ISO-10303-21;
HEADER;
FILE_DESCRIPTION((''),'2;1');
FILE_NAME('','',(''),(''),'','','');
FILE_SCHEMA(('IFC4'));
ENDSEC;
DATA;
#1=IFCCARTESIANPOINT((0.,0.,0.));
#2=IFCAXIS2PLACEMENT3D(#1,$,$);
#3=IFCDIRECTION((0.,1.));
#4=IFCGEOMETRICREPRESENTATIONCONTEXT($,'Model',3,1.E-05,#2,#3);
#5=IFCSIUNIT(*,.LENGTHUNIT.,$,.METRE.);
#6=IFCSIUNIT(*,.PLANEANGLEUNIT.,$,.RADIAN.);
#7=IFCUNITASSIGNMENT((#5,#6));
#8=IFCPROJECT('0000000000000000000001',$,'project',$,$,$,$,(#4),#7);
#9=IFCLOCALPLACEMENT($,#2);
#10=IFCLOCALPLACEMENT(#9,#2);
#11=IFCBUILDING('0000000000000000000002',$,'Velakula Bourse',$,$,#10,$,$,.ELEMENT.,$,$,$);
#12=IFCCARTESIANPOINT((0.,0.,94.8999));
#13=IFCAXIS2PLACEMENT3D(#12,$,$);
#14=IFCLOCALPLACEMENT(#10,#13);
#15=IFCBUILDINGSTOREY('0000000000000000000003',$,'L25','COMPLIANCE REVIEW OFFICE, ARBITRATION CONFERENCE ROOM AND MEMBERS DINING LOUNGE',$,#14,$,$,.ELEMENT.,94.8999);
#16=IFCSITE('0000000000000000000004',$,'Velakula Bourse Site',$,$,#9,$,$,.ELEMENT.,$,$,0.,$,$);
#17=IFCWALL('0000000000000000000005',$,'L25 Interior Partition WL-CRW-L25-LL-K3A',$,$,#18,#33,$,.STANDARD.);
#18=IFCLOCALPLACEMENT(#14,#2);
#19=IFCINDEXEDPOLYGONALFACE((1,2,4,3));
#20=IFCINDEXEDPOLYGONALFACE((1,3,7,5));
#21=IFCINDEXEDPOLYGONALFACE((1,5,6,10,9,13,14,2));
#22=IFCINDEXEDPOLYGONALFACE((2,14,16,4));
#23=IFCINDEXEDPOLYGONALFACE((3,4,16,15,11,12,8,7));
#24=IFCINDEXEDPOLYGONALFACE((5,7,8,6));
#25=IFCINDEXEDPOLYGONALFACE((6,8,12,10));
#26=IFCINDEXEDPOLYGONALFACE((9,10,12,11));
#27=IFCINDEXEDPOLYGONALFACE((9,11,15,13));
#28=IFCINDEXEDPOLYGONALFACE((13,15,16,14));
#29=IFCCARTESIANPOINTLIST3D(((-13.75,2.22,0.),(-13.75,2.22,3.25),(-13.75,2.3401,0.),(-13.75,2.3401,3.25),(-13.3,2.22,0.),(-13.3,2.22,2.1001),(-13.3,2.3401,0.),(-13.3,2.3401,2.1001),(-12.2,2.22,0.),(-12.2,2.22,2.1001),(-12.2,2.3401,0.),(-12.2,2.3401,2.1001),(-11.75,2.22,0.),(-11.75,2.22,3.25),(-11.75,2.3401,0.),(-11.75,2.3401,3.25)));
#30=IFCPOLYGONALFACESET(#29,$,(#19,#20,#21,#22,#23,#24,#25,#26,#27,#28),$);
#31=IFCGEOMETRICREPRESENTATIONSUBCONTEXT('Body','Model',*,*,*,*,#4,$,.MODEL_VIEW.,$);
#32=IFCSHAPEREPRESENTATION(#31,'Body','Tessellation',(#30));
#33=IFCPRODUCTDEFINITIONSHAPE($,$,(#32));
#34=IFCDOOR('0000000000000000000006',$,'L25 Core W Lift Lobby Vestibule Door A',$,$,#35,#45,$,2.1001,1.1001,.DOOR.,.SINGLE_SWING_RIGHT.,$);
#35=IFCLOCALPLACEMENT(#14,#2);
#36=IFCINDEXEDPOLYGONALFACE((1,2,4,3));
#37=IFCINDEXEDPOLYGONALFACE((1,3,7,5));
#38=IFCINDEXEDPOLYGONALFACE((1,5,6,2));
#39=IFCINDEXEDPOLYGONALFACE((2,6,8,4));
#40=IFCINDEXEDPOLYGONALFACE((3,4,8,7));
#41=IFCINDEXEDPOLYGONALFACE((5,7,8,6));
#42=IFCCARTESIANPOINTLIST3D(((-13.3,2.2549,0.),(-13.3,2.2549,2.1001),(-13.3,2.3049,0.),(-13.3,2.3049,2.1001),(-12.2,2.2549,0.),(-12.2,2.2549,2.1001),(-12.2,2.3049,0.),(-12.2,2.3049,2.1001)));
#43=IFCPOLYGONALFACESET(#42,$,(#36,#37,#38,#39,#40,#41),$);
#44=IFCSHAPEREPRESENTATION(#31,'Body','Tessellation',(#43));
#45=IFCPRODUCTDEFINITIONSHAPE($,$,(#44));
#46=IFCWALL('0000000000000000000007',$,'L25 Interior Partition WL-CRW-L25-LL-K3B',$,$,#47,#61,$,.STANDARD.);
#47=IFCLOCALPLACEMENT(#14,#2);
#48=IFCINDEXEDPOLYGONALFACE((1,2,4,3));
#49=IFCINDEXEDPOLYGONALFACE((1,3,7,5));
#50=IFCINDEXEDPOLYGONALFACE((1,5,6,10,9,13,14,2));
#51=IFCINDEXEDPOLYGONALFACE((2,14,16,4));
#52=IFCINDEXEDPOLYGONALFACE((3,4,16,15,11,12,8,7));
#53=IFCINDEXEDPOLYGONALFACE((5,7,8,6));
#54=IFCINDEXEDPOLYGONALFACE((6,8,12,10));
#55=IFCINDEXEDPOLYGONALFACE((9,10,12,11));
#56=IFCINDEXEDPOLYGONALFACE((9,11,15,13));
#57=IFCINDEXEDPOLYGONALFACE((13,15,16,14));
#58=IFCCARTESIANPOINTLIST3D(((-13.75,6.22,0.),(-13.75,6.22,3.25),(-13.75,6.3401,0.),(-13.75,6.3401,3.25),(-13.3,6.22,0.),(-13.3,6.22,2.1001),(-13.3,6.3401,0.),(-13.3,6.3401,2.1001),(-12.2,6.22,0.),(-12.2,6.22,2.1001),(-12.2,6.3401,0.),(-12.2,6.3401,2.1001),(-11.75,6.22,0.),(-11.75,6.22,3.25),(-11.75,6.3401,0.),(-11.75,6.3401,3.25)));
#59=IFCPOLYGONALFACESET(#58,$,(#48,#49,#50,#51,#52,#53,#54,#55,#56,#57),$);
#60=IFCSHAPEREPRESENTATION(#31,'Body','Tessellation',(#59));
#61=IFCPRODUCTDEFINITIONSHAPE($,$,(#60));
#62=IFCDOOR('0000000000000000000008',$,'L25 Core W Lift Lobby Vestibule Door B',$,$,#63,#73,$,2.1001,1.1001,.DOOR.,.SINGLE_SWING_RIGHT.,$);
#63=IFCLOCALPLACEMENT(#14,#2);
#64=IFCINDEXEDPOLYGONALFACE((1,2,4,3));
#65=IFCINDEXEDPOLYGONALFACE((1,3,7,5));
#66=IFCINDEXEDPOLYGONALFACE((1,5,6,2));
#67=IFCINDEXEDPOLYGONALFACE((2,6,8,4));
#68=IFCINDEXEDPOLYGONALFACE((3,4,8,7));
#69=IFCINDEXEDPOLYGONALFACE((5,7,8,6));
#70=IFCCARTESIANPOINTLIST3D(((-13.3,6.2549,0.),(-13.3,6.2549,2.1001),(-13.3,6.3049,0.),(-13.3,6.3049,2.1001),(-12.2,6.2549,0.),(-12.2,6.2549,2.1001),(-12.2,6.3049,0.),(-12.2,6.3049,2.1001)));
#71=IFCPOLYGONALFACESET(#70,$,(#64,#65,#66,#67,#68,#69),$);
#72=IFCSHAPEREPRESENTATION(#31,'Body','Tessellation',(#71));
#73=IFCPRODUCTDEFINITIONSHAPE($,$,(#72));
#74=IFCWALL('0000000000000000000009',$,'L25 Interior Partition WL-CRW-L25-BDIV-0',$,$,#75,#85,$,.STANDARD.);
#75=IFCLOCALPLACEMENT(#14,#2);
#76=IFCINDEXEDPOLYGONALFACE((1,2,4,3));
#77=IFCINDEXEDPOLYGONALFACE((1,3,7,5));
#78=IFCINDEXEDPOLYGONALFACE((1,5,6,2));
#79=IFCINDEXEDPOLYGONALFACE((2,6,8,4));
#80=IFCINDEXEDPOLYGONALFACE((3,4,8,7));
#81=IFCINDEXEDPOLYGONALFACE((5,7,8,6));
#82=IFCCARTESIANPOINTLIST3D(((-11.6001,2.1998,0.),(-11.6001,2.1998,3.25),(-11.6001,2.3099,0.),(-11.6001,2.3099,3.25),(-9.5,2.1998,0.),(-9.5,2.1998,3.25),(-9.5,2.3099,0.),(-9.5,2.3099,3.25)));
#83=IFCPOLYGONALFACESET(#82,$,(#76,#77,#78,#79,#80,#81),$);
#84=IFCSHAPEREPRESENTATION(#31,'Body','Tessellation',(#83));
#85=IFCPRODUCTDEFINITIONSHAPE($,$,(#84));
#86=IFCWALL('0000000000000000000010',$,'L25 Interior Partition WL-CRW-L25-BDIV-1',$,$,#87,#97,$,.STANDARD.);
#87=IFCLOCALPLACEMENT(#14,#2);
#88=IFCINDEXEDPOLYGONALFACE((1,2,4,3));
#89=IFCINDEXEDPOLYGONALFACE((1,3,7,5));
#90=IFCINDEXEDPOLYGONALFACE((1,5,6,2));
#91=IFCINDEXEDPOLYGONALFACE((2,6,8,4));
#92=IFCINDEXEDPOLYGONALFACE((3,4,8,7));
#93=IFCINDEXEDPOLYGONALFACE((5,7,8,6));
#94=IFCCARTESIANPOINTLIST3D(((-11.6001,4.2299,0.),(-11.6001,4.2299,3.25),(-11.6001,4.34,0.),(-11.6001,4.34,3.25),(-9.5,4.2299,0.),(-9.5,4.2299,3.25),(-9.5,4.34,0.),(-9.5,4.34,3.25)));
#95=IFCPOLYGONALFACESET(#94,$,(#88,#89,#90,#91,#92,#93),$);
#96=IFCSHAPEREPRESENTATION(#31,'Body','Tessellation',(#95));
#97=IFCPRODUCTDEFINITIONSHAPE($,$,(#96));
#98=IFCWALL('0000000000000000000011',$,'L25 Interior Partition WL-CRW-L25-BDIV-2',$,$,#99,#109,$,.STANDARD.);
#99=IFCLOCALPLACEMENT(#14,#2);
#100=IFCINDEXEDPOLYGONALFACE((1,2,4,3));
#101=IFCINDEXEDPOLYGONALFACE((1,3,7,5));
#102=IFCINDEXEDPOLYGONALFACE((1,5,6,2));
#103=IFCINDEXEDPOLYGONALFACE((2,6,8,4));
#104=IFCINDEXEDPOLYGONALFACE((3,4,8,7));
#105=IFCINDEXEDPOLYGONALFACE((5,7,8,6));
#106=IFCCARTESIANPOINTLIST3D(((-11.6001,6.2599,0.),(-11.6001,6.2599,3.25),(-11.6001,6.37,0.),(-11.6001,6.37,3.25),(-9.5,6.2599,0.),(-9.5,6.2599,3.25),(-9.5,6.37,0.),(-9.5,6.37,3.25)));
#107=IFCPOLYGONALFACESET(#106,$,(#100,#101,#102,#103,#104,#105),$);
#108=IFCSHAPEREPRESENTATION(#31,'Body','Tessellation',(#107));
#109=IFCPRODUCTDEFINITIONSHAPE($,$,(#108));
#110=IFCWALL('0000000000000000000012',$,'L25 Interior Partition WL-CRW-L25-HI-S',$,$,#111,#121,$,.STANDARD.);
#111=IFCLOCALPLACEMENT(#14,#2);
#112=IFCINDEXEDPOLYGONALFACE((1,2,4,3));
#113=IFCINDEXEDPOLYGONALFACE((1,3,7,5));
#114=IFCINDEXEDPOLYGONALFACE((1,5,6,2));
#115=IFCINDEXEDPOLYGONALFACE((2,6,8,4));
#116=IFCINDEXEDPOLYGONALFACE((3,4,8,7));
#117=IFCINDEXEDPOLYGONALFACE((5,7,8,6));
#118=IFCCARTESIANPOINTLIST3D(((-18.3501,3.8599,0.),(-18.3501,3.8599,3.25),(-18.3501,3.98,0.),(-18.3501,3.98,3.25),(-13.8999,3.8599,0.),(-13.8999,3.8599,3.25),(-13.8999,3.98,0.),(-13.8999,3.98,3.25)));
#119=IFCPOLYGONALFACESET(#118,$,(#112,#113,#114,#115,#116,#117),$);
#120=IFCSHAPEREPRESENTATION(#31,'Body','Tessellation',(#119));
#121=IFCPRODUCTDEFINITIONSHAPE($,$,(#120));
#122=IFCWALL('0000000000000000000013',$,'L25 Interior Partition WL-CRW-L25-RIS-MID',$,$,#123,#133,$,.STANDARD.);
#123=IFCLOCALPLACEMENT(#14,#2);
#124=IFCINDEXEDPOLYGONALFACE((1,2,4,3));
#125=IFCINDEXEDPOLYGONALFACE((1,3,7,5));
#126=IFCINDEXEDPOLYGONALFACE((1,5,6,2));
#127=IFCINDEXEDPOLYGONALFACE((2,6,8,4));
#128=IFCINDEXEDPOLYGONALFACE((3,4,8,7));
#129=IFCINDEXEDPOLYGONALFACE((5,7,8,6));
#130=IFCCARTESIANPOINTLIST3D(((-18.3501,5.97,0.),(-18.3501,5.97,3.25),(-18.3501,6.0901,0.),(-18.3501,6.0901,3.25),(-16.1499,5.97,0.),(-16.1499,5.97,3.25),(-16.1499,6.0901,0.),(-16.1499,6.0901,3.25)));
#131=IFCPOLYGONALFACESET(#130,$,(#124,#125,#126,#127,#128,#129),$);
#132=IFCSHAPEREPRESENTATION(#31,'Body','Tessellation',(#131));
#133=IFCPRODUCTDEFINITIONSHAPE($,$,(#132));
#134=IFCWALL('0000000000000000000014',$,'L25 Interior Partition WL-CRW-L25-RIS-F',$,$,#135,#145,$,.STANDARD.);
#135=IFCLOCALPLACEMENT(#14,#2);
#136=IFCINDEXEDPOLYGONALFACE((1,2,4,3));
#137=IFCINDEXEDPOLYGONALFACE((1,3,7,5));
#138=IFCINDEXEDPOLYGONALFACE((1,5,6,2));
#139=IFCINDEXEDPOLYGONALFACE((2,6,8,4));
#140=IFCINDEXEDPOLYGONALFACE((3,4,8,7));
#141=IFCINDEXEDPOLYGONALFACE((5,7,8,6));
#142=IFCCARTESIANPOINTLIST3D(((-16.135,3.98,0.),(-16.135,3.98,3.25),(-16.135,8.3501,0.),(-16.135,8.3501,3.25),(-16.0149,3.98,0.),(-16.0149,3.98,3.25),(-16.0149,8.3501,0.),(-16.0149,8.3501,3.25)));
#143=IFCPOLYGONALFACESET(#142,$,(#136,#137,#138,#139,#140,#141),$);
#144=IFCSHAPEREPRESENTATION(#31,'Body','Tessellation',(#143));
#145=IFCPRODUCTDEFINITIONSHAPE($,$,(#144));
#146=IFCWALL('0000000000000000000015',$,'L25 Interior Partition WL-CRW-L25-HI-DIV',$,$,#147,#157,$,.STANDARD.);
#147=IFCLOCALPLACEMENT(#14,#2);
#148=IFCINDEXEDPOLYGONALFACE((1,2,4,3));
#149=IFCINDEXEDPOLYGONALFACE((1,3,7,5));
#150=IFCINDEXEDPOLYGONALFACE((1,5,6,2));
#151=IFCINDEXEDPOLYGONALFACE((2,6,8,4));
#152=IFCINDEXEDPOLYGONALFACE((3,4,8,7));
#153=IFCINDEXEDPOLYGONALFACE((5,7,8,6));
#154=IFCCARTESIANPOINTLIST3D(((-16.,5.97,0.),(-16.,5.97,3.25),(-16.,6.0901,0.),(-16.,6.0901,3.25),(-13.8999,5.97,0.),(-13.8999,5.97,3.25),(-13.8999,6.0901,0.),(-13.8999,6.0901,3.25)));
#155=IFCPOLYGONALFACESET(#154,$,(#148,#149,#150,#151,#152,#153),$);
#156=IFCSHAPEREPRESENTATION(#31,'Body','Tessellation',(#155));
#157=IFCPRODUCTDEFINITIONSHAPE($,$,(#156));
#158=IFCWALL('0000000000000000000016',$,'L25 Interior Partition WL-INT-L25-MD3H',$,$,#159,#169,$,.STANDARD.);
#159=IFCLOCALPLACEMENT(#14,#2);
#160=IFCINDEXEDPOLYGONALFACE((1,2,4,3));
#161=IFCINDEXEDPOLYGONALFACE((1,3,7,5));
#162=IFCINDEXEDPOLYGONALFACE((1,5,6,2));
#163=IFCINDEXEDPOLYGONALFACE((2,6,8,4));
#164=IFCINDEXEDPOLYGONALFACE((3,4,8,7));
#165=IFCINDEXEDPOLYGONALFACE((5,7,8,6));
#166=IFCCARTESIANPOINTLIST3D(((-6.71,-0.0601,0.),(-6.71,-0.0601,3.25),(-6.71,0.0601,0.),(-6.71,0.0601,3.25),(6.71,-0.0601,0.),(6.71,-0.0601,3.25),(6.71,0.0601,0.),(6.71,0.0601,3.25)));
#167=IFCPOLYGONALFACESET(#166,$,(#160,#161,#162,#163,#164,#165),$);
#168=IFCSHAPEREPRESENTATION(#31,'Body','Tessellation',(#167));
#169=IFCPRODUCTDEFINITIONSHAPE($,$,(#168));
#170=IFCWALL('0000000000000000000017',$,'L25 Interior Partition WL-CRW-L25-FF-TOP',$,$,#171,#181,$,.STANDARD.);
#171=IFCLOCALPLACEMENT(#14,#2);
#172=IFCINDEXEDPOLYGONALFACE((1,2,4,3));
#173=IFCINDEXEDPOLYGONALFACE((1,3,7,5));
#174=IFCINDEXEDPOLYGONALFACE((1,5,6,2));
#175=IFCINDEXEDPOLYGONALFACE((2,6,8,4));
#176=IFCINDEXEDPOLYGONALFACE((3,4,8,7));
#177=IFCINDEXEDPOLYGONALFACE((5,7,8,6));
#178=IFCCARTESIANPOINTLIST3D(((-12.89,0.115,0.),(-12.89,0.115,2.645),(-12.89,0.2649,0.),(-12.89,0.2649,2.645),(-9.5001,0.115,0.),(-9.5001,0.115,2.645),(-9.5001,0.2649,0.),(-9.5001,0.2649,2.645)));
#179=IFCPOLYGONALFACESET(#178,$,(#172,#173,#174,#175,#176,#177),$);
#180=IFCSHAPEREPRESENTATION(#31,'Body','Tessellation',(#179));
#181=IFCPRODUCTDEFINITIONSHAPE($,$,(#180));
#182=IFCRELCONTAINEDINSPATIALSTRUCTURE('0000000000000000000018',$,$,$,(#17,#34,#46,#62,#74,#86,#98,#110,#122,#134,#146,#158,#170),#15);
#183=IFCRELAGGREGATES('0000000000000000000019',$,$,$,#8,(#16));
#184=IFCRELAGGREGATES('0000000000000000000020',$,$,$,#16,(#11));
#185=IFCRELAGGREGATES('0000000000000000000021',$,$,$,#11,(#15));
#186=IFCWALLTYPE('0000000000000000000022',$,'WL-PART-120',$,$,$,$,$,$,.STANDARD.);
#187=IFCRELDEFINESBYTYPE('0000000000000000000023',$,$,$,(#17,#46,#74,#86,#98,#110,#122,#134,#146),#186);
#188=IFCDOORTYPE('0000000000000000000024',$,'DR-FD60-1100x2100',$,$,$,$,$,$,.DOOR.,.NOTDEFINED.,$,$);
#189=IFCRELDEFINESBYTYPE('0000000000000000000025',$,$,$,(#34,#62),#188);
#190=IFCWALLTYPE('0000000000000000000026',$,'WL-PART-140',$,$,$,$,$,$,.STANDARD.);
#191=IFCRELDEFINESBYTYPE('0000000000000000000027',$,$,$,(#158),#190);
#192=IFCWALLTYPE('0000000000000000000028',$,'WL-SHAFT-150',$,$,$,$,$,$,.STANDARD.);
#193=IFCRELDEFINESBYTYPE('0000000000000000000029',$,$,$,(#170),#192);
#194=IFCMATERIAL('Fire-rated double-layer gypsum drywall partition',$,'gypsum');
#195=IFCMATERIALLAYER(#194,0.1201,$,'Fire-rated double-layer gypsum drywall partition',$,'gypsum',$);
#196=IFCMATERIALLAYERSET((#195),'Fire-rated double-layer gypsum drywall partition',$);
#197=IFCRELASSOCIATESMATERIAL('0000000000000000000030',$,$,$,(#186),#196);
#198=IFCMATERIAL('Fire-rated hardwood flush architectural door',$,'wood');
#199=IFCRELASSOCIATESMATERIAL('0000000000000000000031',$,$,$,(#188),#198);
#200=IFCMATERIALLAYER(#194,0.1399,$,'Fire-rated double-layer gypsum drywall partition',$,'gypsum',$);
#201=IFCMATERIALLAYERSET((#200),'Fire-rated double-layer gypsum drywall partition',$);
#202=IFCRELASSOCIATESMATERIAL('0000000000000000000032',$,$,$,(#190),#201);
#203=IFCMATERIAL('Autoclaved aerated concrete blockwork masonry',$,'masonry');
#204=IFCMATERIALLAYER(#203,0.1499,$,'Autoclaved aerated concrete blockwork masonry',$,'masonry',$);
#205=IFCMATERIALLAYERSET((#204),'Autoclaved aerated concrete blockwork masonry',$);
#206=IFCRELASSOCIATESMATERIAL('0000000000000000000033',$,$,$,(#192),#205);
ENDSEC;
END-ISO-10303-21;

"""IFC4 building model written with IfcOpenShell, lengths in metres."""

from ifc_helpers import new_model, si_unit, direction, frame, frame_2d, origin, place, context, subcontext, project, spatial, rectangle, extrude, material, layer, layer_set, type_object, element, fill, save


model = new_model("IFC4")

# Units and contexts
model_context = context("Model", 3, precision=1e-05, world=origin(), true_north=direction((0.0, 1.0)))
body_context = subcontext(model_context, "Body", "Model", "MODEL_VIEW")
ifc_project = project(units=[si_unit("LENGTHUNIT", "METRE"), si_unit("PLANEANGLEUNIT", "RADIAN")], contexts=[model_context])

# Site, building, storey
site_placement = place(None, origin())
site = spatial("IfcSite", under=ifc_project, at=site_placement, Name="Velakula Bourse Site", CompositionType="ELEMENT", RefElevation=0.0)
building_placement = place(site_placement, origin())
building = spatial("IfcBuilding", under=site, at=building_placement, Name="Velakula Bourse", CompositionType="ELEMENT")
storey_placement = place(building_placement, frame((0.0, 0.0, 94.8999)))
storey = spatial("IfcBuildingStorey", under=building, at=storey_placement, Name="L25", Description="COMPLIANCE REVIEW OFFICE, ARBITRATION CONFERENCE ROOM AND MEMBERS DINING LOUNGE", CompositionType="ELEMENT", Elevation=94.8999)

# Walls, openings, doors
ifc_material_1 = material(Name="Fire-rated double-layer gypsum drywall partition", Category="gypsum")
ifc_layer_1 = layer(ifc_material_1, 0.1201, Name="Fire-rated double-layer gypsum drywall partition", Category="gypsum")
ifc_layer_set_1 = layer_set([ifc_layer_1], Name="Fire-rated double-layer gypsum drywall partition")
wall_type_1 = type_object("IfcWallType", Name="WL-PART-120", PredefinedType="STANDARD", material=ifc_layer_set_1)
wall_1_placement = place(storey_placement, frame((-13.75, 2.28, 0.0), z_axis=(0.0, 0.0, 1.0), x_axis=(1.0, 0.0, 0.0)))
wall_1 = element("IfcWall", 1, at=wall_1_placement, inside=storey, type_object=wall_type_1, Name="L25 Interior Partition WL-CRW-L25-LL-K3A", PredefinedType="STANDARD", context=body_context, shape_type="SweptSolid", body=[
    extrude(rectangle(XDim=2.0, YDim=0.1201, at=frame_2d((1.0, 0.0))), origin(), (0.0, 0.0, 1.0), 3.25),
])
opening_1_placement = place(wall_1_placement, frame((0.45, 0.0, 0.0)))
opening_1 = element("IfcOpeningElement", 2, at=opening_1_placement, cuts=wall_1, PredefinedType="OPENING", context=body_context, shape_type="SweptSolid", body=[
    extrude(rectangle(XDim=1.1001, YDim=2.1001, at=frame_2d((0.55, 1.05))), frame((0.0, 0.0701, 0.0), z_axis=(0.0, -1.0, 0.0), x_axis=(1.0, 0.0, 0.0)), (0.0, 0.0, 1.0), 0.1401),
])
ifc_material_2 = material(Name="Fire-rated hardwood flush architectural door", Category="wood")
door_type_1 = type_object("IfcDoorType", Name="DR-FD60-1100x2100", OperationType="NOTDEFINED", PredefinedType="DOOR", material=ifc_material_2)
door_1_placement = place(opening_1_placement, origin())
door_1 = element("IfcDoor", 3, at=door_1_placement, inside=storey, type_object=door_type_1, Name="L25 Core W Lift Lobby Vestibule Door A", OperationType="SINGLE_SWING_RIGHT", OverallHeight=2.1001, OverallWidth=1.1001, PredefinedType="DOOR", context=body_context, shape_type="SweptSolid", body=[
    extrude(rectangle(XDim=1.1001, YDim=2.1001, at=frame_2d((0.55, 1.05))), frame((0.0, 0.0249, 0.0), z_axis=(0.0, -1.0, 0.0), x_axis=(1.0, 0.0, 0.0)), (0.0, 0.0, 1.0), 0.05),
])
fill(opening_1, door_1)
wall_2_placement = place(storey_placement, frame((-13.75, 6.28, 0.0), z_axis=(0.0, 0.0, 1.0), x_axis=(1.0, 0.0, 0.0)))
wall_2 = element("IfcWall", 4, at=wall_2_placement, inside=storey, type_object=wall_type_1, Name="L25 Interior Partition WL-CRW-L25-LL-K3B", PredefinedType="STANDARD", context=body_context, shape_type="SweptSolid", body=[
    extrude(rectangle(XDim=2.0, YDim=0.1201, at=frame_2d((1.0, 0.0))), origin(), (0.0, 0.0, 1.0), 3.25),
])
opening_2_placement = place(wall_2_placement, frame((0.45, 0.0, 0.0)))
opening_2 = element("IfcOpeningElement", 5, at=opening_2_placement, cuts=wall_2, PredefinedType="OPENING", context=body_context, shape_type="SweptSolid", body=[
    extrude(rectangle(XDim=1.1001, YDim=2.1001, at=frame_2d((0.55, 1.05))), frame((0.0, 0.0701, 0.0), z_axis=(0.0, -1.0, 0.0), x_axis=(1.0, 0.0, 0.0)), (0.0, 0.0, 1.0), 0.1401),
])
door_2_placement = place(opening_2_placement, origin())
door_2 = element("IfcDoor", 6, at=door_2_placement, inside=storey, type_object=door_type_1, Name="L25 Core W Lift Lobby Vestibule Door B", OperationType="SINGLE_SWING_RIGHT", OverallHeight=2.1001, OverallWidth=1.1001, PredefinedType="DOOR", context=body_context, shape_type="SweptSolid", body=[
    extrude(rectangle(XDim=1.1001, YDim=2.1001, at=frame_2d((0.55, 1.05))), frame((0.0, 0.0249, 0.0), z_axis=(0.0, -1.0, 0.0), x_axis=(1.0, 0.0, 0.0)), (0.0, 0.0, 1.0), 0.05),
])
fill(opening_2, door_2)

# Walls
for number, where, z_axis, x_axis, name in (
    (7, (-11.6001, 2.2549, 0.0), (0.0, 0.0, 1.0), (1.0, 0.0, 0.0), "L25 Interior Partition WL-CRW-L25-BDIV-0"),
    (8, (-11.6001, 4.2849, 0.0), (0.0, 0.0, 1.0), (1.0, 0.0, 0.0), "L25 Interior Partition WL-CRW-L25-BDIV-1"),
    (9, (-11.6001, 6.3149, 0.0), (0.0, 0.0, 1.0), (1.0, 0.0, 0.0), "L25 Interior Partition WL-CRW-L25-BDIV-2"),
):
    element("IfcWall", number, at=place(storey_placement, frame(where, z_axis=z_axis, x_axis=x_axis)), inside=storey, type_object=wall_type_1, Name=name, PredefinedType="STANDARD", context=body_context, shape_type="SweptSolid", body=[
        extrude(rectangle(XDim=2.1001, YDim=0.1101, at=frame_2d((1.05, 0.0))), origin(), (0.0, 0.0, 1.0), 3.25),
    ])
wall_3_placement = place(storey_placement, frame((-18.3501, 3.9199, 0.0), z_axis=(0.0, 0.0, 1.0), x_axis=(1.0, 0.0, 0.0)))
element("IfcWall", 10, at=wall_3_placement, inside=storey, type_object=wall_type_1, Name="L25 Interior Partition WL-CRW-L25-HI-S", PredefinedType="STANDARD", context=body_context, shape_type="SweptSolid", body=[
    extrude(rectangle(XDim=4.4502, YDim=0.1201, at=frame_2d((2.2251, 0.0))), origin(), (0.0, 0.0, 1.0), 3.25),
])
wall_4_placement = place(storey_placement, frame((-18.3501, 6.03, 0.0), z_axis=(0.0, 0.0, 1.0), x_axis=(1.0, 0.0, 0.0)))
element("IfcWall", 11, at=wall_4_placement, inside=storey, type_object=wall_type_1, Name="L25 Interior Partition WL-CRW-L25-RIS-MID", PredefinedType="STANDARD", context=body_context, shape_type="SweptSolid", body=[
    extrude(rectangle(XDim=2.2002, YDim=0.1201, at=frame_2d((1.1001, 0.0))), origin(), (0.0, 0.0, 1.0), 3.25),
])
wall_5_placement = place(storey_placement, frame((-16.075, 3.98, 0.0), z_axis=(0.0, 0.0, 1.0), x_axis=(0.0, 1.0, 0.0)))
element("IfcWall", 12, at=wall_5_placement, inside=storey, type_object=wall_type_1, Name="L25 Interior Partition WL-CRW-L25-RIS-F", PredefinedType="STANDARD", context=body_context, shape_type="SweptSolid", body=[
    extrude(rectangle(XDim=4.3701, YDim=0.1201, at=frame_2d((2.1851, 0.0))), origin(), (0.0, 0.0, 1.0), 3.25),
])
wall_6_placement = place(storey_placement, frame((-16.0, 6.03, 0.0), z_axis=(0.0, 0.0, 1.0), x_axis=(1.0, 0.0, 0.0)))
element("IfcWall", 13, at=wall_6_placement, inside=storey, type_object=wall_type_1, Name="L25 Interior Partition WL-CRW-L25-HI-DIV", PredefinedType="STANDARD", context=body_context, shape_type="SweptSolid", body=[
    extrude(rectangle(XDim=2.1001, YDim=0.1201, at=frame_2d((1.05, 0.0))), origin(), (0.0, 0.0, 1.0), 3.25),
])
ifc_layer_2 = layer(ifc_material_1, 0.1399, Name="Fire-rated double-layer gypsum drywall partition", Category="gypsum")
ifc_layer_set_2 = layer_set([ifc_layer_2], Name="Fire-rated double-layer gypsum drywall partition")
wall_type_2 = type_object("IfcWallType", Name="WL-PART-140", PredefinedType="STANDARD", material=ifc_layer_set_2)
wall_7_placement = place(storey_placement, frame((-6.71, 0.0, 0.0), z_axis=(0.0, 0.0, 1.0), x_axis=(1.0, 0.0, 0.0)))
element("IfcWall", 14, at=wall_7_placement, inside=storey, type_object=wall_type_2, Name="L25 Interior Partition WL-INT-L25-MD3H", PredefinedType="STANDARD", context=body_context, shape_type="SweptSolid", body=[
    extrude(rectangle(XDim=13.4199, YDim=0.1201, at=frame_2d((6.71, 0.0))), origin(), (0.0, 0.0, 1.0), 3.25),
])
ifc_material_3 = material(Name="Autoclaved aerated concrete blockwork masonry", Category="masonry")
ifc_layer_3 = layer(ifc_material_3, 0.1499, Name="Autoclaved aerated concrete blockwork masonry", Category="masonry")
ifc_layer_set_3 = layer_set([ifc_layer_3], Name="Autoclaved aerated concrete blockwork masonry")
wall_type_3 = type_object("IfcWallType", Name="WL-SHAFT-150", PredefinedType="STANDARD", material=ifc_layer_set_3)
wall_8_placement = place(storey_placement, frame((-12.8899, 0.1899, 0.0), z_axis=(0.0, 0.0, 1.0), x_axis=(1.0, 0.0, 0.0)))
element("IfcWall", 15, at=wall_8_placement, inside=storey, type_object=wall_type_3, Name="L25 Interior Partition WL-CRW-L25-FF-TOP", PredefinedType="STANDARD", context=body_context, shape_type="SweptSolid", body=[
    extrude(rectangle(XDim=3.3899, YDim=0.1499, at=frame_2d((1.6948, 0.0))), origin(), (0.0, 0.0, 1.0), 2.645),
])

save(model, "model.ifc")
